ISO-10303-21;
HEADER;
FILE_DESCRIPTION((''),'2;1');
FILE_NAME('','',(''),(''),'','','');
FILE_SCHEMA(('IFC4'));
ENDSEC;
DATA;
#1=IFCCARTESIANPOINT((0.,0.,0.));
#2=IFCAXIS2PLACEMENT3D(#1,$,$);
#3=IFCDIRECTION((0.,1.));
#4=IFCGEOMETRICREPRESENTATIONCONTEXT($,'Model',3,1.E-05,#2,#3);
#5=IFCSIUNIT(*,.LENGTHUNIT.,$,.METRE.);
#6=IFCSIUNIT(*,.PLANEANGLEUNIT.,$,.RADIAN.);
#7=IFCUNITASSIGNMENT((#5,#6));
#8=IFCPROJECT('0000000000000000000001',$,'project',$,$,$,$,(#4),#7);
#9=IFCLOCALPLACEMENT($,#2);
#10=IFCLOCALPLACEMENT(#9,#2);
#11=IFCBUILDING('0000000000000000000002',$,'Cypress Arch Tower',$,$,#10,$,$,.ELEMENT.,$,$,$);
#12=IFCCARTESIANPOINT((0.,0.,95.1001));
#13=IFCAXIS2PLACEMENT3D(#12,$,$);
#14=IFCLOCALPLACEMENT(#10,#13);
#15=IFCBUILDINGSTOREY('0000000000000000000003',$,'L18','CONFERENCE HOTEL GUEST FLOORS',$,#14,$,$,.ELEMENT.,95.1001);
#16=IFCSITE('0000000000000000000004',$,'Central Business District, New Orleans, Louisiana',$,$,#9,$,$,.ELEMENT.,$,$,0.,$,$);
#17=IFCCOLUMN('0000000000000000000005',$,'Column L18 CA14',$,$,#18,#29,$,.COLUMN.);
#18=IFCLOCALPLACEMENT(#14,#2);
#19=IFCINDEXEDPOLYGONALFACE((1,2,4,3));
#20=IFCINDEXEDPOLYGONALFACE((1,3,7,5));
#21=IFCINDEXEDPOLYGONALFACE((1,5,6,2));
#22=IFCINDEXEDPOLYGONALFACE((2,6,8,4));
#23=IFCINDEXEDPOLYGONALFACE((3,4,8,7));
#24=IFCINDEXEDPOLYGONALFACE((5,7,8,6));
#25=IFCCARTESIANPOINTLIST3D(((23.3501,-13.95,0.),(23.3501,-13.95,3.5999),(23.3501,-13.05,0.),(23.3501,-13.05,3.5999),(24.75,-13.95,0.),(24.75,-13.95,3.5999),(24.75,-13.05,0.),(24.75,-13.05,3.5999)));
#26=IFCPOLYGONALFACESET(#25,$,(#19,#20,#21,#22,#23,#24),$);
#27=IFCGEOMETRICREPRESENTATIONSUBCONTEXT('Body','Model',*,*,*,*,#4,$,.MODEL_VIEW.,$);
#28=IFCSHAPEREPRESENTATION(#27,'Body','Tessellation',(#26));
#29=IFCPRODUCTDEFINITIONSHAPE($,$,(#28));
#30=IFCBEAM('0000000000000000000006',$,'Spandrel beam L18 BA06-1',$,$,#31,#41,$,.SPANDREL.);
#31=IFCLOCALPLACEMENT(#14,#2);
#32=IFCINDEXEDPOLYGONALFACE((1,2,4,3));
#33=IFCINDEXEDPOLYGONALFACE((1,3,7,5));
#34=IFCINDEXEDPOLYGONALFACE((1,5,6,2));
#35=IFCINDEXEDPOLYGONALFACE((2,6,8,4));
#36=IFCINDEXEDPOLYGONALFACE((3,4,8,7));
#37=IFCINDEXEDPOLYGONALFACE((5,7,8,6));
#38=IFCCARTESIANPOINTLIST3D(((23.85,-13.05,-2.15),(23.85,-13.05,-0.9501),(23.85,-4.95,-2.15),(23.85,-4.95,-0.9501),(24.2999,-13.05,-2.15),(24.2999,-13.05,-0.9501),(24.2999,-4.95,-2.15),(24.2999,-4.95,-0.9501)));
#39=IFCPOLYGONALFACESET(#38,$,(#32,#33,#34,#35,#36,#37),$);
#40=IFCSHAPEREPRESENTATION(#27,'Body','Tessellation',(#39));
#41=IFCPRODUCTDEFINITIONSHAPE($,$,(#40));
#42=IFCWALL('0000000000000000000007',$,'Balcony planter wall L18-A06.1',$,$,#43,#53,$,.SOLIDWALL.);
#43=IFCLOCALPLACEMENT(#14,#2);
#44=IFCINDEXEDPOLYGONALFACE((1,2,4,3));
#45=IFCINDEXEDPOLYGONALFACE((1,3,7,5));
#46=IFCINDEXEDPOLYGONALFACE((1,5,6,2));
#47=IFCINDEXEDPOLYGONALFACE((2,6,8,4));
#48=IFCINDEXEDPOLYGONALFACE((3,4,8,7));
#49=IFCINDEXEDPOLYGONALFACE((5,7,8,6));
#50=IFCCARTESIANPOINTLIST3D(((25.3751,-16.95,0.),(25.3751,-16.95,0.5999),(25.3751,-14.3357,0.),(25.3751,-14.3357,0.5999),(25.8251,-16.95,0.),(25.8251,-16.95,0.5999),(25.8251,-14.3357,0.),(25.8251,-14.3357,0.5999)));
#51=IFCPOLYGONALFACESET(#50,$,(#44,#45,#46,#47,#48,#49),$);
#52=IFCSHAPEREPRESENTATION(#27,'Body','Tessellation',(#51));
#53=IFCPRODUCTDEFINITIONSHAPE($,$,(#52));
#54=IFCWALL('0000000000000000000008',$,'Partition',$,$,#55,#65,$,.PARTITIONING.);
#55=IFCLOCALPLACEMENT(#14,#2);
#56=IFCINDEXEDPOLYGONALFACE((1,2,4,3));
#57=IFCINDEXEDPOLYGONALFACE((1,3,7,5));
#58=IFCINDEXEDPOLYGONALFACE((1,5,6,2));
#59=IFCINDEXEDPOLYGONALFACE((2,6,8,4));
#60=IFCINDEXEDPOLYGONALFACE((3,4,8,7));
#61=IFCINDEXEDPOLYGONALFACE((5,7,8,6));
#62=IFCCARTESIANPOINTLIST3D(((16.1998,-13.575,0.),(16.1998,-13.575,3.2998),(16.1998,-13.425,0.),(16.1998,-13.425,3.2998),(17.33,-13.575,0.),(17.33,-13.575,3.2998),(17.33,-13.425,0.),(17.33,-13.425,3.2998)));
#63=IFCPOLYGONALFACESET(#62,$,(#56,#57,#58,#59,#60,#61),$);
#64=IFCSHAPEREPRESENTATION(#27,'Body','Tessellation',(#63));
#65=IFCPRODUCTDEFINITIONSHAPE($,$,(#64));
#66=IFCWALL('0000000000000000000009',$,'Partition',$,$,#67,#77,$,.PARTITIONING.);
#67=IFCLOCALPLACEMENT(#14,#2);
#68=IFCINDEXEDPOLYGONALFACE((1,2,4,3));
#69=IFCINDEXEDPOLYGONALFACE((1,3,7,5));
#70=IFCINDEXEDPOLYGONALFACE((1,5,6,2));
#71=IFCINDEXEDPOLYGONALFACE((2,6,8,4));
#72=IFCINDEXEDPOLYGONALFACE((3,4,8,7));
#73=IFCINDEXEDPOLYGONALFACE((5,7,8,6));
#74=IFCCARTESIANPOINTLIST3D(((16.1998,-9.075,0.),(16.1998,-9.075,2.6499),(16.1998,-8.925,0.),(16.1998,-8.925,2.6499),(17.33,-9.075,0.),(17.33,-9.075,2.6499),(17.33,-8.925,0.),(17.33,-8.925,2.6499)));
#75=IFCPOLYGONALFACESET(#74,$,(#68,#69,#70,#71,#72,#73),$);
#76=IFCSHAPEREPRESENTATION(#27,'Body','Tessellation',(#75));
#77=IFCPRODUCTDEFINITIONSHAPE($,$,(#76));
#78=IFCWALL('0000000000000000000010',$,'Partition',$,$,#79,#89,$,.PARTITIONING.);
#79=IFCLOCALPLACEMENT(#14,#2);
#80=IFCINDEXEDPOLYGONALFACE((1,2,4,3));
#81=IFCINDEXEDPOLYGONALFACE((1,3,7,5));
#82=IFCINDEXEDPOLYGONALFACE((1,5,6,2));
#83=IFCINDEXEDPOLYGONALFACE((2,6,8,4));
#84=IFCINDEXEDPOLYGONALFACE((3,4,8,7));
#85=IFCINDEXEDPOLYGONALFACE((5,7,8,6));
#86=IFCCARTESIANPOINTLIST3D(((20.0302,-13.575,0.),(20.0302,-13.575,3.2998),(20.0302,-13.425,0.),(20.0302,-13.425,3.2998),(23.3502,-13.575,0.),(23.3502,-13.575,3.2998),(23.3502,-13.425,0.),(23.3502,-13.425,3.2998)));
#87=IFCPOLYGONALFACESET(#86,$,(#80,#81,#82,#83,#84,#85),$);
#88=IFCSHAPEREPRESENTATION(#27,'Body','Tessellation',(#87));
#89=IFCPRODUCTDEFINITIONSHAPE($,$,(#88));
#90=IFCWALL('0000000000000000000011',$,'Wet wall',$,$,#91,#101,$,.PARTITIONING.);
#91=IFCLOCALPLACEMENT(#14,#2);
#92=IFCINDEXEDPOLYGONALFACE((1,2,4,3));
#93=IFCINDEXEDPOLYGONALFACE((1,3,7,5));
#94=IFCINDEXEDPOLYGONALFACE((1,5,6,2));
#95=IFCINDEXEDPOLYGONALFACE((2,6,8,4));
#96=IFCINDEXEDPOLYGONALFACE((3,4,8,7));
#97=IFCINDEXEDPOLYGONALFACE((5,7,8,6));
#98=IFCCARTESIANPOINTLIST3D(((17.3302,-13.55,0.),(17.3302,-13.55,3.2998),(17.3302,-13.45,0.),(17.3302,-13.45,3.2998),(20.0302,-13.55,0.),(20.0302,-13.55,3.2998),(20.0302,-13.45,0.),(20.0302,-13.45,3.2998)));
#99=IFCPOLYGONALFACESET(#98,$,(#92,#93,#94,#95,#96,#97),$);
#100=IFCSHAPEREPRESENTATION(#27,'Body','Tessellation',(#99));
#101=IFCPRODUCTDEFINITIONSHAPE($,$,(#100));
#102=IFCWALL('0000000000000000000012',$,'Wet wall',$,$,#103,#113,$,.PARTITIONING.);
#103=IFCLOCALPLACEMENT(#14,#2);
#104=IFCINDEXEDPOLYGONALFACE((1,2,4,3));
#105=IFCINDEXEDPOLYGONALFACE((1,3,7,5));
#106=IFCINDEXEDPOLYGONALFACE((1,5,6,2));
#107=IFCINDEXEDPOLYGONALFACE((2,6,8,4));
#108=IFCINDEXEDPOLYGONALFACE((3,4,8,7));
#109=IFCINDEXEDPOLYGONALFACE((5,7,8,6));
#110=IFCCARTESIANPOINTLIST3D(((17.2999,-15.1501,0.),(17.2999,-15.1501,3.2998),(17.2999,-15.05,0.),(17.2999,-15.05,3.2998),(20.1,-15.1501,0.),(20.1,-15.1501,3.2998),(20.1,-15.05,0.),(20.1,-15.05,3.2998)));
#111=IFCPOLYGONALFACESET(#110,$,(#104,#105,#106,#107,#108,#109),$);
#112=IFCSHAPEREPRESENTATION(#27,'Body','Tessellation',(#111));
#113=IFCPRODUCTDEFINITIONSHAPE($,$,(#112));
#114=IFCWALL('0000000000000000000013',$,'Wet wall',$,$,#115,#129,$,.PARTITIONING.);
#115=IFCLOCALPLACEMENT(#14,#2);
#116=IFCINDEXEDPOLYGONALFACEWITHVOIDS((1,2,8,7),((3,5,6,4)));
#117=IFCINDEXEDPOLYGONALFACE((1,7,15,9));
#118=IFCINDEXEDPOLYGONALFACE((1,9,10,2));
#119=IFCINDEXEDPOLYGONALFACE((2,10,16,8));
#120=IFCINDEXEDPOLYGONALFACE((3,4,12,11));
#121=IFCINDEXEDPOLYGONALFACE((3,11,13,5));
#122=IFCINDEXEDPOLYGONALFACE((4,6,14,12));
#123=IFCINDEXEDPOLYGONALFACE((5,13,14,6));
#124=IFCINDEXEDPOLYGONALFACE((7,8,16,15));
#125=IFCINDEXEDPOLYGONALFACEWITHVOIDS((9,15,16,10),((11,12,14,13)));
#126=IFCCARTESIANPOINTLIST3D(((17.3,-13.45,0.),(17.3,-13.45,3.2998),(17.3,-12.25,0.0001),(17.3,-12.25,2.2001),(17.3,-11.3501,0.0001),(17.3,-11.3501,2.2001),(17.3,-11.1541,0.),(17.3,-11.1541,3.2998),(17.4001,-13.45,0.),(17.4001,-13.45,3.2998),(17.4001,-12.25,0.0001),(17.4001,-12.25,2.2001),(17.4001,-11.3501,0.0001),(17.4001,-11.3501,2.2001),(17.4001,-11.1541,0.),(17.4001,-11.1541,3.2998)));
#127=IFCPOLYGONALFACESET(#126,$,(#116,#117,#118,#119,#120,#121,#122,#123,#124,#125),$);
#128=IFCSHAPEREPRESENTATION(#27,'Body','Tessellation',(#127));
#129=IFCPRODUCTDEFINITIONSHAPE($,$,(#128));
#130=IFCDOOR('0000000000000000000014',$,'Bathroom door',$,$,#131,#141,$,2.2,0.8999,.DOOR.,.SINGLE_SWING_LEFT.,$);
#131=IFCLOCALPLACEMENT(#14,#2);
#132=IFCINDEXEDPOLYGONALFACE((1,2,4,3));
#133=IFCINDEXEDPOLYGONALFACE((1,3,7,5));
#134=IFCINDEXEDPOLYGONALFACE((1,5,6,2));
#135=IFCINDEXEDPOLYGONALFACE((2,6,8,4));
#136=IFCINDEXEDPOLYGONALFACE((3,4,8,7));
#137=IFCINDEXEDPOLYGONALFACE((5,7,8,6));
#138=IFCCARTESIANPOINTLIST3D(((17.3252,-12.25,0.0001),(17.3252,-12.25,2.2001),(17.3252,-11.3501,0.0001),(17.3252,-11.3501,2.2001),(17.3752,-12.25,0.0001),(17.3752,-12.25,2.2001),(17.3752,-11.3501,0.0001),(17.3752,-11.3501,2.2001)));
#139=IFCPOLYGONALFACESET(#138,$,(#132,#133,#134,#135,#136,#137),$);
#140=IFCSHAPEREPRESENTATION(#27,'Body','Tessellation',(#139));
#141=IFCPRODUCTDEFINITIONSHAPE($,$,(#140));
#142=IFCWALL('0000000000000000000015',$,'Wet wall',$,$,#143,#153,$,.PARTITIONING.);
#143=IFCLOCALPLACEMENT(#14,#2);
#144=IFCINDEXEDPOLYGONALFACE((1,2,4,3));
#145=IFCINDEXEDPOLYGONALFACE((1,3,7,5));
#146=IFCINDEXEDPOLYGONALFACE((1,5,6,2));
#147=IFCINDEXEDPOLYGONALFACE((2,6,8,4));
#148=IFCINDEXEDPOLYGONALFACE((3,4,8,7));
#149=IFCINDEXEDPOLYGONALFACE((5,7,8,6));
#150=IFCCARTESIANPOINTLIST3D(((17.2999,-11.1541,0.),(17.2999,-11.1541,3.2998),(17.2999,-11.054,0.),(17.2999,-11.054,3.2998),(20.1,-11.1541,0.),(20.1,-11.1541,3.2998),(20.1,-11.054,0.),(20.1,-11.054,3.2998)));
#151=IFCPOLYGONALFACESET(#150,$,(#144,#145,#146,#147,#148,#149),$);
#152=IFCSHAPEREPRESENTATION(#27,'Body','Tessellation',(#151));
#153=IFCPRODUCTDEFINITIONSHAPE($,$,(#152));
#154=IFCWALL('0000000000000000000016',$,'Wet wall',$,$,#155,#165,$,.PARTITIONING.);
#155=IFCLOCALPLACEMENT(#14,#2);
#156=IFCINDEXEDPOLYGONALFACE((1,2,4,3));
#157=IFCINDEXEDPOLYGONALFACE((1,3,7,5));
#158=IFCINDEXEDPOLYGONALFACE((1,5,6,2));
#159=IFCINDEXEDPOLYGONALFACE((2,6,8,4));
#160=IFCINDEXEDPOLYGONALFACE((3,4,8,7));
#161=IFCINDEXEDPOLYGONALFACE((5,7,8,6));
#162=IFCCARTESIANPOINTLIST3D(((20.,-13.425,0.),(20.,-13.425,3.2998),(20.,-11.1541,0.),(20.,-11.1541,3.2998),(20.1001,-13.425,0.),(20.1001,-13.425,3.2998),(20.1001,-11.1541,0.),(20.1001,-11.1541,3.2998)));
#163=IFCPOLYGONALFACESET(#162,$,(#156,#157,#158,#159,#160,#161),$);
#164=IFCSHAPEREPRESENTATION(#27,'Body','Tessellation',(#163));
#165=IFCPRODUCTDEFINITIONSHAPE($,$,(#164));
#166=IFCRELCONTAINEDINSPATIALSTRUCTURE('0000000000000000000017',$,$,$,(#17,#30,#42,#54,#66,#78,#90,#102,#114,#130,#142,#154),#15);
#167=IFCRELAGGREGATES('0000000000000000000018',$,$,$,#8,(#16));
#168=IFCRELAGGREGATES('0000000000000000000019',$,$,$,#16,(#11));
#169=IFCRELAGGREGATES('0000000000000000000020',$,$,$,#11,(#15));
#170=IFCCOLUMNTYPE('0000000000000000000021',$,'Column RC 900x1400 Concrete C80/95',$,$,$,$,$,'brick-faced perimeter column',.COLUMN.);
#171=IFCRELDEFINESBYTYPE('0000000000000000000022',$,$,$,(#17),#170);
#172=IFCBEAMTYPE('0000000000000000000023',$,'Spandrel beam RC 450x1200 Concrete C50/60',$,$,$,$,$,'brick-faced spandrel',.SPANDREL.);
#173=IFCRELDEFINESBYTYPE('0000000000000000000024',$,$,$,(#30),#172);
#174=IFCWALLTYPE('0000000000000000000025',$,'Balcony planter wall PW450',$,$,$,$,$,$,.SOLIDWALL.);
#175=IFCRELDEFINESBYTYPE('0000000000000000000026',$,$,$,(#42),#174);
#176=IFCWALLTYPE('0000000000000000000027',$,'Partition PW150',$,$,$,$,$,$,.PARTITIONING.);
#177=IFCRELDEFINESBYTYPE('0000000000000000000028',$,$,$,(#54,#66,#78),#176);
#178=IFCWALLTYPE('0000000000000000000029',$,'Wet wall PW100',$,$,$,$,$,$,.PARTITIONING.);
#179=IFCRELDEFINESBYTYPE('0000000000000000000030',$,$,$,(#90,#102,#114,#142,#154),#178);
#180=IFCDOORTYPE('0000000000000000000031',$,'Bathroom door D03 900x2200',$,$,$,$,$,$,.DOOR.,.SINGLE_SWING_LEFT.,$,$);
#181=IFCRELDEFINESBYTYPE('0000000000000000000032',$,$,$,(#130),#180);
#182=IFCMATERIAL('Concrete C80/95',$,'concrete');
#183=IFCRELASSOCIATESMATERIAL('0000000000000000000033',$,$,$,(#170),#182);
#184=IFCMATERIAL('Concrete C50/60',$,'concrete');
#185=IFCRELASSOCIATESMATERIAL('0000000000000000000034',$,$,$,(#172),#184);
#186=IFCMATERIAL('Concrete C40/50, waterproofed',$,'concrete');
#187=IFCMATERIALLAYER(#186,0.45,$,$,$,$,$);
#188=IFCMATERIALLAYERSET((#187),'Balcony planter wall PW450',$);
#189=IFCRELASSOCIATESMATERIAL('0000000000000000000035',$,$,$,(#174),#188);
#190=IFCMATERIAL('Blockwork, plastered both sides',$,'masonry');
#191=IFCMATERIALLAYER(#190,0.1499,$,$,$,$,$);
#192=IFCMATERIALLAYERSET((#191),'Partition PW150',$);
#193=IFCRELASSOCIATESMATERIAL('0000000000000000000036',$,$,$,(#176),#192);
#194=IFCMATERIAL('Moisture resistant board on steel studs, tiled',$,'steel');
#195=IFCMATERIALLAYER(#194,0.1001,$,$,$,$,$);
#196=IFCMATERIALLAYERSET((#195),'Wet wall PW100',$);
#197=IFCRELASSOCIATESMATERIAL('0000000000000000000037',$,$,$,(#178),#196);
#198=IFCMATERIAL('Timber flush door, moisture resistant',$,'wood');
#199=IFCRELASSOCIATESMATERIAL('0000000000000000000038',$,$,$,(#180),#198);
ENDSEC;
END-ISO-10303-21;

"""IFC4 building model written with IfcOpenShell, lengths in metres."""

from ifc_helpers import new_model, si_unit, direction, frame, frame_2d, origin, origin_2d, place, context, subcontext, project, spatial, rectangle, extrude, material, layer, layer_set, material_profile, profile_set, type_object, element, fill, save


model = new_model("IFC4")

# Units and contexts
model_context = context("Model", 3, precision=1e-05, world=origin(), true_north=direction((0.0, 1.0)))
body_context = subcontext(model_context, "Body", "Model", "MODEL_VIEW")
ifc_project = project(units=[si_unit("LENGTHUNIT", "METRE"), si_unit("PLANEANGLEUNIT", "RADIAN")], contexts=[model_context])

# Site, building, storey
site_placement = place(None, origin())
site = spatial("IfcSite", under=ifc_project, at=site_placement, Name="Central Business District, New Orleans, Louisiana", CompositionType="ELEMENT", RefElevation=0.0)
building_placement = place(site_placement, origin())
building = spatial("IfcBuilding", under=site, at=building_placement, Name="Cypress Arch Tower", CompositionType="ELEMENT")
storey_placement = place(building_placement, frame((0.0, 0.0, 95.1001)))
storey = spatial("IfcBuildingStorey", under=building, at=storey_placement, Name="L18", Description="CONFERENCE HOTEL GUEST FLOORS", CompositionType="ELEMENT", Elevation=95.1001)

# Column
ifc_material_1 = material(Name="Concrete C80/95", Category="concrete")
ifc_material_profile_1 = material_profile(ifc_material_1, rectangle(XDim=0.8999, YDim=1.3999, at=origin_2d()), Name="RC 900x1400")
ifc_profile_set_1 = profile_set([ifc_material_profile_1], Name="Concrete C80/95")
column_type = type_object("IfcColumnType", Name="Column RC 900x1400 Concrete C80/95", ElementType="brick-faced perimeter column", PredefinedType="COLUMN", material=ifc_profile_set_1)
column_placement = place(storey_placement, frame((24.05, -13.5, 0.0), z_axis=(0.0, 0.0, 1.0), x_axis=(0.0, 1.0, 0.0)))
element("IfcColumn", 1, at=column_placement, inside=storey, type_object=column_type, Name="Column L18 CA14", PredefinedType="COLUMN", context=body_context, shape_type="SweptSolid", body=[
    extrude(rectangle(XDim=0.8999, YDim=1.3999, at=origin_2d()), origin(), (0.0, 0.0, 1.0), 3.5999),
])

# Beam
ifc_material_2 = material(Name="Concrete C50/60", Category="concrete")
ifc_material_profile_2 = material_profile(ifc_material_2, rectangle(XDim=0.45, YDim=1.2, at=origin_2d()), Name="RC 450x1200")
ifc_profile_set_2 = profile_set([ifc_material_profile_2], Name="Concrete C50/60")
beam_type = type_object("IfcBeamType", Name="Spandrel beam RC 450x1200 Concrete C50/60", ElementType="brick-faced spandrel", PredefinedType="SPANDREL", material=ifc_profile_set_2)
beam_placement = place(storey_placement, frame((24.075, -13.05, -1.55), z_axis=(0.0, 1.0, 0.0), x_axis=(-1.0, 0.0, 0.0)))
element("IfcBeam", 2, at=beam_placement, inside=storey, type_object=beam_type, Name="Spandrel beam L18 BA06-1", PredefinedType="SPANDREL", context=body_context, shape_type="SweptSolid", body=[
    extrude(rectangle(XDim=0.45, YDim=1.2, at=origin_2d()), origin(), (0.0, 0.0, 1.0), 8.1001),
])

# Wall
ifc_material_3 = material(Name="Concrete C40/50, waterproofed", Category="concrete")
ifc_layer_1 = layer(ifc_material_3, 0.45)
ifc_layer_set_1 = layer_set([ifc_layer_1], Name="Balcony planter wall PW450")
wall_type_1 = type_object("IfcWallType", Name="Balcony planter wall PW450", PredefinedType="SOLIDWALL", material=ifc_layer_set_1)
wall_1_placement = place(storey_placement, frame((25.6001, -16.95, 0.0), z_axis=(0.0, 0.0, 1.0), x_axis=(0.0, 1.0, 0.0)))
element("IfcWall", 3, at=wall_1_placement, inside=storey, type_object=wall_type_1, Name="Balcony planter wall L18-A06.1", PredefinedType="SOLIDWALL", context=body_context, shape_type="SweptSolid", body=[
    extrude(rectangle(XDim=2.6143, YDim=0.45, at=frame_2d((1.3071, 0.0))), origin(), (0.0, 0.0, 1.0), 0.5999),
])

# Walls
ifc_material_4 = material(Name="Blockwork, plastered both sides", Category="masonry")
ifc_layer_2 = layer(ifc_material_4, 0.1499)
ifc_layer_set_2 = layer_set([ifc_layer_2], Name="Partition PW150")
wall_type_2 = type_object("IfcWallType", Name="Partition PW150", PredefinedType="PARTITIONING", material=ifc_layer_set_2)
wall_2_placement = place(storey_placement, frame((16.2, -13.5, 0.0), z_axis=(0.0, 0.0, 1.0), x_axis=(1.0, 0.0, 0.0)))
element("IfcWall", 4, at=wall_2_placement, inside=storey, type_object=wall_type_2, Name="Partition", PredefinedType="PARTITIONING", context=body_context, shape_type="SweptSolid", body=[
    extrude(rectangle(XDim=1.1301, YDim=0.1499, at=frame_2d((0.5649, 0.0))), origin(), (0.0, 0.0, 1.0), 3.2998),
])
wall_3_placement = place(storey_placement, frame((16.2, -9.0, 0.0), z_axis=(0.0, 0.0, 1.0), x_axis=(1.0, 0.0, 0.0)))
element("IfcWall", 5, at=wall_3_placement, inside=storey, type_object=wall_type_2, Name="Partition", PredefinedType="PARTITIONING", context=body_context, shape_type="SweptSolid", body=[
    extrude(rectangle(XDim=1.1301, YDim=0.1499, at=frame_2d((0.5649, 0.0))), origin(), (0.0, 0.0, 1.0), 2.6499),
])
wall_4_placement = place(storey_placement, frame((20.03, -13.5, 0.0), z_axis=(0.0, 0.0, 1.0), x_axis=(1.0, 0.0, 0.0)))
element("IfcWall", 6, at=wall_4_placement, inside=storey, type_object=wall_type_2, Name="Partition", PredefinedType="PARTITIONING", context=body_context, shape_type="SweptSolid", body=[
    extrude(rectangle(XDim=3.3201, YDim=0.1499, at=frame_2d((1.6602, 0.0))), origin(), (0.0, 0.0, 1.0), 3.2998),
])
ifc_material_5 = material(Name="Moisture resistant board on steel studs, tiled", Category="steel")
ifc_layer_3 = layer(ifc_material_5, 0.1001)
ifc_layer_set_3 = layer_set([ifc_layer_3], Name="Wet wall PW100")
wall_type_3 = type_object("IfcWallType", Name="Wet wall PW100", PredefinedType="PARTITIONING", material=ifc_layer_set_3)
wall_5_placement = place(storey_placement, frame((17.3301, -13.5, 0.0), z_axis=(0.0, 0.0, 1.0), x_axis=(1.0, 0.0, 0.0)))
element("IfcWall", 7, at=wall_5_placement, inside=storey, type_object=wall_type_3, Name="Wet wall", PredefinedType="PARTITIONING", context=body_context, shape_type="SweptSolid", body=[
    extrude(rectangle(XDim=2.7, YDim=0.1001, at=frame_2d((1.3501, 0.0))), origin(), (0.0, 0.0, 1.0), 3.2998),
])
wall_6_placement = place(storey_placement, frame((17.3, -15.1001, 0.0), z_axis=(0.0, 0.0, 1.0), x_axis=(1.0, 0.0, 0.0)))
element("IfcWall", 8, at=wall_6_placement, inside=storey, type_object=wall_type_3, Name="Wet wall", PredefinedType="PARTITIONING", context=body_context, shape_type="SweptSolid", body=[
    extrude(rectangle(XDim=2.8, YDim=0.1001, at=frame_2d((1.3999, 0.0))), origin(), (0.0, 0.0, 1.0), 3.2998),
])

# Wall, opening, door
wall_7_placement = place(storey_placement, frame((17.3501, -13.45, 0.0), z_axis=(0.0, 0.0, 1.0), x_axis=(0.0, 1.0, 0.0)))
wall_7 = element("IfcWall", 9, at=wall_7_placement, inside=storey, type_object=wall_type_3, Name="Wet wall", PredefinedType="PARTITIONING", context=body_context, shape_type="SweptSolid", body=[
    extrude(rectangle(XDim=2.2959, YDim=0.1001, at=frame_2d((1.1479, 0.0))), origin(), (0.0, 0.0, 1.0), 3.2998),
])
opening_1_placement = place(wall_7_placement, frame((1.2, 0.0, 0.0)))
opening_1 = element("IfcOpeningElement", 10, at=opening_1_placement, cuts=wall_7, PredefinedType="OPENING", context=body_context, shape_type="SweptSolid", body=[
    extrude(rectangle(XDim=0.8999, YDim=2.2, at=frame_2d((0.45, 1.1001))), frame((0.0, 0.0601, 0.0), z_axis=(0.0, -1.0, 0.0), x_axis=(1.0, 0.0, 0.0)), (0.0, 0.0, 1.0), 0.1201),
])
ifc_material_6 = material(Name="Timber flush door, moisture resistant", Category="wood")
door_type_1 = type_object("IfcDoorType", Name="Bathroom door D03 900x2200", OperationType="SINGLE_SWING_LEFT", PredefinedType="DOOR", material=ifc_material_6)
door_1_placement = place(opening_1_placement, origin())
door_1 = element("IfcDoor", 11, at=door_1_placement, inside=storey, type_object=door_type_1, Name="Bathroom door", OperationType="SINGLE_SWING_LEFT", OverallHeight=2.2, OverallWidth=0.8999, PredefinedType="DOOR", context=body_context, shape_type="SweptSolid", body=[
    extrude(rectangle(XDim=0.8999, YDim=2.2, at=frame_2d((0.45, 1.1001))), frame((0.0, 0.0249, 0.0), z_axis=(0.0, -1.0, 0.0), x_axis=(1.0, 0.0, 0.0)), (0.0, 0.0, 1.0), 0.05),
])
fill(opening_1, door_1)

# Walls
wall_8_placement = place(storey_placement, frame((17.3, -11.104, 0.0), z_axis=(0.0, 0.0, 1.0), x_axis=(1.0, 0.0, 0.0)))
element("IfcWall", 12, at=wall_8_placement, inside=storey, type_object=wall_type_3, Name="Wet wall", PredefinedType="PARTITIONING", context=body_context, shape_type="SweptSolid", body=[
    extrude(rectangle(XDim=2.8, YDim=0.1001, at=frame_2d((1.3999, 0.0))), origin(), (0.0, 0.0, 1.0), 3.2998),
])
wall_9_placement = place(storey_placement, frame((20.05, -13.425, 0.0), z_axis=(0.0, 0.0, 1.0), x_axis=(0.0, 1.0, 0.0)))
element("IfcWall", 13, at=wall_9_placement, inside=storey, type_object=wall_type_3, Name="Wet wall", PredefinedType="PARTITIONING", context=body_context, shape_type="SweptSolid", body=[
    extrude(rectangle(XDim=2.271, YDim=0.1001, at=frame_2d((1.1355, 0.0))), origin(), (0.0, 0.0, 1.0), 3.2998),
])

save(model, "model.ifc")
